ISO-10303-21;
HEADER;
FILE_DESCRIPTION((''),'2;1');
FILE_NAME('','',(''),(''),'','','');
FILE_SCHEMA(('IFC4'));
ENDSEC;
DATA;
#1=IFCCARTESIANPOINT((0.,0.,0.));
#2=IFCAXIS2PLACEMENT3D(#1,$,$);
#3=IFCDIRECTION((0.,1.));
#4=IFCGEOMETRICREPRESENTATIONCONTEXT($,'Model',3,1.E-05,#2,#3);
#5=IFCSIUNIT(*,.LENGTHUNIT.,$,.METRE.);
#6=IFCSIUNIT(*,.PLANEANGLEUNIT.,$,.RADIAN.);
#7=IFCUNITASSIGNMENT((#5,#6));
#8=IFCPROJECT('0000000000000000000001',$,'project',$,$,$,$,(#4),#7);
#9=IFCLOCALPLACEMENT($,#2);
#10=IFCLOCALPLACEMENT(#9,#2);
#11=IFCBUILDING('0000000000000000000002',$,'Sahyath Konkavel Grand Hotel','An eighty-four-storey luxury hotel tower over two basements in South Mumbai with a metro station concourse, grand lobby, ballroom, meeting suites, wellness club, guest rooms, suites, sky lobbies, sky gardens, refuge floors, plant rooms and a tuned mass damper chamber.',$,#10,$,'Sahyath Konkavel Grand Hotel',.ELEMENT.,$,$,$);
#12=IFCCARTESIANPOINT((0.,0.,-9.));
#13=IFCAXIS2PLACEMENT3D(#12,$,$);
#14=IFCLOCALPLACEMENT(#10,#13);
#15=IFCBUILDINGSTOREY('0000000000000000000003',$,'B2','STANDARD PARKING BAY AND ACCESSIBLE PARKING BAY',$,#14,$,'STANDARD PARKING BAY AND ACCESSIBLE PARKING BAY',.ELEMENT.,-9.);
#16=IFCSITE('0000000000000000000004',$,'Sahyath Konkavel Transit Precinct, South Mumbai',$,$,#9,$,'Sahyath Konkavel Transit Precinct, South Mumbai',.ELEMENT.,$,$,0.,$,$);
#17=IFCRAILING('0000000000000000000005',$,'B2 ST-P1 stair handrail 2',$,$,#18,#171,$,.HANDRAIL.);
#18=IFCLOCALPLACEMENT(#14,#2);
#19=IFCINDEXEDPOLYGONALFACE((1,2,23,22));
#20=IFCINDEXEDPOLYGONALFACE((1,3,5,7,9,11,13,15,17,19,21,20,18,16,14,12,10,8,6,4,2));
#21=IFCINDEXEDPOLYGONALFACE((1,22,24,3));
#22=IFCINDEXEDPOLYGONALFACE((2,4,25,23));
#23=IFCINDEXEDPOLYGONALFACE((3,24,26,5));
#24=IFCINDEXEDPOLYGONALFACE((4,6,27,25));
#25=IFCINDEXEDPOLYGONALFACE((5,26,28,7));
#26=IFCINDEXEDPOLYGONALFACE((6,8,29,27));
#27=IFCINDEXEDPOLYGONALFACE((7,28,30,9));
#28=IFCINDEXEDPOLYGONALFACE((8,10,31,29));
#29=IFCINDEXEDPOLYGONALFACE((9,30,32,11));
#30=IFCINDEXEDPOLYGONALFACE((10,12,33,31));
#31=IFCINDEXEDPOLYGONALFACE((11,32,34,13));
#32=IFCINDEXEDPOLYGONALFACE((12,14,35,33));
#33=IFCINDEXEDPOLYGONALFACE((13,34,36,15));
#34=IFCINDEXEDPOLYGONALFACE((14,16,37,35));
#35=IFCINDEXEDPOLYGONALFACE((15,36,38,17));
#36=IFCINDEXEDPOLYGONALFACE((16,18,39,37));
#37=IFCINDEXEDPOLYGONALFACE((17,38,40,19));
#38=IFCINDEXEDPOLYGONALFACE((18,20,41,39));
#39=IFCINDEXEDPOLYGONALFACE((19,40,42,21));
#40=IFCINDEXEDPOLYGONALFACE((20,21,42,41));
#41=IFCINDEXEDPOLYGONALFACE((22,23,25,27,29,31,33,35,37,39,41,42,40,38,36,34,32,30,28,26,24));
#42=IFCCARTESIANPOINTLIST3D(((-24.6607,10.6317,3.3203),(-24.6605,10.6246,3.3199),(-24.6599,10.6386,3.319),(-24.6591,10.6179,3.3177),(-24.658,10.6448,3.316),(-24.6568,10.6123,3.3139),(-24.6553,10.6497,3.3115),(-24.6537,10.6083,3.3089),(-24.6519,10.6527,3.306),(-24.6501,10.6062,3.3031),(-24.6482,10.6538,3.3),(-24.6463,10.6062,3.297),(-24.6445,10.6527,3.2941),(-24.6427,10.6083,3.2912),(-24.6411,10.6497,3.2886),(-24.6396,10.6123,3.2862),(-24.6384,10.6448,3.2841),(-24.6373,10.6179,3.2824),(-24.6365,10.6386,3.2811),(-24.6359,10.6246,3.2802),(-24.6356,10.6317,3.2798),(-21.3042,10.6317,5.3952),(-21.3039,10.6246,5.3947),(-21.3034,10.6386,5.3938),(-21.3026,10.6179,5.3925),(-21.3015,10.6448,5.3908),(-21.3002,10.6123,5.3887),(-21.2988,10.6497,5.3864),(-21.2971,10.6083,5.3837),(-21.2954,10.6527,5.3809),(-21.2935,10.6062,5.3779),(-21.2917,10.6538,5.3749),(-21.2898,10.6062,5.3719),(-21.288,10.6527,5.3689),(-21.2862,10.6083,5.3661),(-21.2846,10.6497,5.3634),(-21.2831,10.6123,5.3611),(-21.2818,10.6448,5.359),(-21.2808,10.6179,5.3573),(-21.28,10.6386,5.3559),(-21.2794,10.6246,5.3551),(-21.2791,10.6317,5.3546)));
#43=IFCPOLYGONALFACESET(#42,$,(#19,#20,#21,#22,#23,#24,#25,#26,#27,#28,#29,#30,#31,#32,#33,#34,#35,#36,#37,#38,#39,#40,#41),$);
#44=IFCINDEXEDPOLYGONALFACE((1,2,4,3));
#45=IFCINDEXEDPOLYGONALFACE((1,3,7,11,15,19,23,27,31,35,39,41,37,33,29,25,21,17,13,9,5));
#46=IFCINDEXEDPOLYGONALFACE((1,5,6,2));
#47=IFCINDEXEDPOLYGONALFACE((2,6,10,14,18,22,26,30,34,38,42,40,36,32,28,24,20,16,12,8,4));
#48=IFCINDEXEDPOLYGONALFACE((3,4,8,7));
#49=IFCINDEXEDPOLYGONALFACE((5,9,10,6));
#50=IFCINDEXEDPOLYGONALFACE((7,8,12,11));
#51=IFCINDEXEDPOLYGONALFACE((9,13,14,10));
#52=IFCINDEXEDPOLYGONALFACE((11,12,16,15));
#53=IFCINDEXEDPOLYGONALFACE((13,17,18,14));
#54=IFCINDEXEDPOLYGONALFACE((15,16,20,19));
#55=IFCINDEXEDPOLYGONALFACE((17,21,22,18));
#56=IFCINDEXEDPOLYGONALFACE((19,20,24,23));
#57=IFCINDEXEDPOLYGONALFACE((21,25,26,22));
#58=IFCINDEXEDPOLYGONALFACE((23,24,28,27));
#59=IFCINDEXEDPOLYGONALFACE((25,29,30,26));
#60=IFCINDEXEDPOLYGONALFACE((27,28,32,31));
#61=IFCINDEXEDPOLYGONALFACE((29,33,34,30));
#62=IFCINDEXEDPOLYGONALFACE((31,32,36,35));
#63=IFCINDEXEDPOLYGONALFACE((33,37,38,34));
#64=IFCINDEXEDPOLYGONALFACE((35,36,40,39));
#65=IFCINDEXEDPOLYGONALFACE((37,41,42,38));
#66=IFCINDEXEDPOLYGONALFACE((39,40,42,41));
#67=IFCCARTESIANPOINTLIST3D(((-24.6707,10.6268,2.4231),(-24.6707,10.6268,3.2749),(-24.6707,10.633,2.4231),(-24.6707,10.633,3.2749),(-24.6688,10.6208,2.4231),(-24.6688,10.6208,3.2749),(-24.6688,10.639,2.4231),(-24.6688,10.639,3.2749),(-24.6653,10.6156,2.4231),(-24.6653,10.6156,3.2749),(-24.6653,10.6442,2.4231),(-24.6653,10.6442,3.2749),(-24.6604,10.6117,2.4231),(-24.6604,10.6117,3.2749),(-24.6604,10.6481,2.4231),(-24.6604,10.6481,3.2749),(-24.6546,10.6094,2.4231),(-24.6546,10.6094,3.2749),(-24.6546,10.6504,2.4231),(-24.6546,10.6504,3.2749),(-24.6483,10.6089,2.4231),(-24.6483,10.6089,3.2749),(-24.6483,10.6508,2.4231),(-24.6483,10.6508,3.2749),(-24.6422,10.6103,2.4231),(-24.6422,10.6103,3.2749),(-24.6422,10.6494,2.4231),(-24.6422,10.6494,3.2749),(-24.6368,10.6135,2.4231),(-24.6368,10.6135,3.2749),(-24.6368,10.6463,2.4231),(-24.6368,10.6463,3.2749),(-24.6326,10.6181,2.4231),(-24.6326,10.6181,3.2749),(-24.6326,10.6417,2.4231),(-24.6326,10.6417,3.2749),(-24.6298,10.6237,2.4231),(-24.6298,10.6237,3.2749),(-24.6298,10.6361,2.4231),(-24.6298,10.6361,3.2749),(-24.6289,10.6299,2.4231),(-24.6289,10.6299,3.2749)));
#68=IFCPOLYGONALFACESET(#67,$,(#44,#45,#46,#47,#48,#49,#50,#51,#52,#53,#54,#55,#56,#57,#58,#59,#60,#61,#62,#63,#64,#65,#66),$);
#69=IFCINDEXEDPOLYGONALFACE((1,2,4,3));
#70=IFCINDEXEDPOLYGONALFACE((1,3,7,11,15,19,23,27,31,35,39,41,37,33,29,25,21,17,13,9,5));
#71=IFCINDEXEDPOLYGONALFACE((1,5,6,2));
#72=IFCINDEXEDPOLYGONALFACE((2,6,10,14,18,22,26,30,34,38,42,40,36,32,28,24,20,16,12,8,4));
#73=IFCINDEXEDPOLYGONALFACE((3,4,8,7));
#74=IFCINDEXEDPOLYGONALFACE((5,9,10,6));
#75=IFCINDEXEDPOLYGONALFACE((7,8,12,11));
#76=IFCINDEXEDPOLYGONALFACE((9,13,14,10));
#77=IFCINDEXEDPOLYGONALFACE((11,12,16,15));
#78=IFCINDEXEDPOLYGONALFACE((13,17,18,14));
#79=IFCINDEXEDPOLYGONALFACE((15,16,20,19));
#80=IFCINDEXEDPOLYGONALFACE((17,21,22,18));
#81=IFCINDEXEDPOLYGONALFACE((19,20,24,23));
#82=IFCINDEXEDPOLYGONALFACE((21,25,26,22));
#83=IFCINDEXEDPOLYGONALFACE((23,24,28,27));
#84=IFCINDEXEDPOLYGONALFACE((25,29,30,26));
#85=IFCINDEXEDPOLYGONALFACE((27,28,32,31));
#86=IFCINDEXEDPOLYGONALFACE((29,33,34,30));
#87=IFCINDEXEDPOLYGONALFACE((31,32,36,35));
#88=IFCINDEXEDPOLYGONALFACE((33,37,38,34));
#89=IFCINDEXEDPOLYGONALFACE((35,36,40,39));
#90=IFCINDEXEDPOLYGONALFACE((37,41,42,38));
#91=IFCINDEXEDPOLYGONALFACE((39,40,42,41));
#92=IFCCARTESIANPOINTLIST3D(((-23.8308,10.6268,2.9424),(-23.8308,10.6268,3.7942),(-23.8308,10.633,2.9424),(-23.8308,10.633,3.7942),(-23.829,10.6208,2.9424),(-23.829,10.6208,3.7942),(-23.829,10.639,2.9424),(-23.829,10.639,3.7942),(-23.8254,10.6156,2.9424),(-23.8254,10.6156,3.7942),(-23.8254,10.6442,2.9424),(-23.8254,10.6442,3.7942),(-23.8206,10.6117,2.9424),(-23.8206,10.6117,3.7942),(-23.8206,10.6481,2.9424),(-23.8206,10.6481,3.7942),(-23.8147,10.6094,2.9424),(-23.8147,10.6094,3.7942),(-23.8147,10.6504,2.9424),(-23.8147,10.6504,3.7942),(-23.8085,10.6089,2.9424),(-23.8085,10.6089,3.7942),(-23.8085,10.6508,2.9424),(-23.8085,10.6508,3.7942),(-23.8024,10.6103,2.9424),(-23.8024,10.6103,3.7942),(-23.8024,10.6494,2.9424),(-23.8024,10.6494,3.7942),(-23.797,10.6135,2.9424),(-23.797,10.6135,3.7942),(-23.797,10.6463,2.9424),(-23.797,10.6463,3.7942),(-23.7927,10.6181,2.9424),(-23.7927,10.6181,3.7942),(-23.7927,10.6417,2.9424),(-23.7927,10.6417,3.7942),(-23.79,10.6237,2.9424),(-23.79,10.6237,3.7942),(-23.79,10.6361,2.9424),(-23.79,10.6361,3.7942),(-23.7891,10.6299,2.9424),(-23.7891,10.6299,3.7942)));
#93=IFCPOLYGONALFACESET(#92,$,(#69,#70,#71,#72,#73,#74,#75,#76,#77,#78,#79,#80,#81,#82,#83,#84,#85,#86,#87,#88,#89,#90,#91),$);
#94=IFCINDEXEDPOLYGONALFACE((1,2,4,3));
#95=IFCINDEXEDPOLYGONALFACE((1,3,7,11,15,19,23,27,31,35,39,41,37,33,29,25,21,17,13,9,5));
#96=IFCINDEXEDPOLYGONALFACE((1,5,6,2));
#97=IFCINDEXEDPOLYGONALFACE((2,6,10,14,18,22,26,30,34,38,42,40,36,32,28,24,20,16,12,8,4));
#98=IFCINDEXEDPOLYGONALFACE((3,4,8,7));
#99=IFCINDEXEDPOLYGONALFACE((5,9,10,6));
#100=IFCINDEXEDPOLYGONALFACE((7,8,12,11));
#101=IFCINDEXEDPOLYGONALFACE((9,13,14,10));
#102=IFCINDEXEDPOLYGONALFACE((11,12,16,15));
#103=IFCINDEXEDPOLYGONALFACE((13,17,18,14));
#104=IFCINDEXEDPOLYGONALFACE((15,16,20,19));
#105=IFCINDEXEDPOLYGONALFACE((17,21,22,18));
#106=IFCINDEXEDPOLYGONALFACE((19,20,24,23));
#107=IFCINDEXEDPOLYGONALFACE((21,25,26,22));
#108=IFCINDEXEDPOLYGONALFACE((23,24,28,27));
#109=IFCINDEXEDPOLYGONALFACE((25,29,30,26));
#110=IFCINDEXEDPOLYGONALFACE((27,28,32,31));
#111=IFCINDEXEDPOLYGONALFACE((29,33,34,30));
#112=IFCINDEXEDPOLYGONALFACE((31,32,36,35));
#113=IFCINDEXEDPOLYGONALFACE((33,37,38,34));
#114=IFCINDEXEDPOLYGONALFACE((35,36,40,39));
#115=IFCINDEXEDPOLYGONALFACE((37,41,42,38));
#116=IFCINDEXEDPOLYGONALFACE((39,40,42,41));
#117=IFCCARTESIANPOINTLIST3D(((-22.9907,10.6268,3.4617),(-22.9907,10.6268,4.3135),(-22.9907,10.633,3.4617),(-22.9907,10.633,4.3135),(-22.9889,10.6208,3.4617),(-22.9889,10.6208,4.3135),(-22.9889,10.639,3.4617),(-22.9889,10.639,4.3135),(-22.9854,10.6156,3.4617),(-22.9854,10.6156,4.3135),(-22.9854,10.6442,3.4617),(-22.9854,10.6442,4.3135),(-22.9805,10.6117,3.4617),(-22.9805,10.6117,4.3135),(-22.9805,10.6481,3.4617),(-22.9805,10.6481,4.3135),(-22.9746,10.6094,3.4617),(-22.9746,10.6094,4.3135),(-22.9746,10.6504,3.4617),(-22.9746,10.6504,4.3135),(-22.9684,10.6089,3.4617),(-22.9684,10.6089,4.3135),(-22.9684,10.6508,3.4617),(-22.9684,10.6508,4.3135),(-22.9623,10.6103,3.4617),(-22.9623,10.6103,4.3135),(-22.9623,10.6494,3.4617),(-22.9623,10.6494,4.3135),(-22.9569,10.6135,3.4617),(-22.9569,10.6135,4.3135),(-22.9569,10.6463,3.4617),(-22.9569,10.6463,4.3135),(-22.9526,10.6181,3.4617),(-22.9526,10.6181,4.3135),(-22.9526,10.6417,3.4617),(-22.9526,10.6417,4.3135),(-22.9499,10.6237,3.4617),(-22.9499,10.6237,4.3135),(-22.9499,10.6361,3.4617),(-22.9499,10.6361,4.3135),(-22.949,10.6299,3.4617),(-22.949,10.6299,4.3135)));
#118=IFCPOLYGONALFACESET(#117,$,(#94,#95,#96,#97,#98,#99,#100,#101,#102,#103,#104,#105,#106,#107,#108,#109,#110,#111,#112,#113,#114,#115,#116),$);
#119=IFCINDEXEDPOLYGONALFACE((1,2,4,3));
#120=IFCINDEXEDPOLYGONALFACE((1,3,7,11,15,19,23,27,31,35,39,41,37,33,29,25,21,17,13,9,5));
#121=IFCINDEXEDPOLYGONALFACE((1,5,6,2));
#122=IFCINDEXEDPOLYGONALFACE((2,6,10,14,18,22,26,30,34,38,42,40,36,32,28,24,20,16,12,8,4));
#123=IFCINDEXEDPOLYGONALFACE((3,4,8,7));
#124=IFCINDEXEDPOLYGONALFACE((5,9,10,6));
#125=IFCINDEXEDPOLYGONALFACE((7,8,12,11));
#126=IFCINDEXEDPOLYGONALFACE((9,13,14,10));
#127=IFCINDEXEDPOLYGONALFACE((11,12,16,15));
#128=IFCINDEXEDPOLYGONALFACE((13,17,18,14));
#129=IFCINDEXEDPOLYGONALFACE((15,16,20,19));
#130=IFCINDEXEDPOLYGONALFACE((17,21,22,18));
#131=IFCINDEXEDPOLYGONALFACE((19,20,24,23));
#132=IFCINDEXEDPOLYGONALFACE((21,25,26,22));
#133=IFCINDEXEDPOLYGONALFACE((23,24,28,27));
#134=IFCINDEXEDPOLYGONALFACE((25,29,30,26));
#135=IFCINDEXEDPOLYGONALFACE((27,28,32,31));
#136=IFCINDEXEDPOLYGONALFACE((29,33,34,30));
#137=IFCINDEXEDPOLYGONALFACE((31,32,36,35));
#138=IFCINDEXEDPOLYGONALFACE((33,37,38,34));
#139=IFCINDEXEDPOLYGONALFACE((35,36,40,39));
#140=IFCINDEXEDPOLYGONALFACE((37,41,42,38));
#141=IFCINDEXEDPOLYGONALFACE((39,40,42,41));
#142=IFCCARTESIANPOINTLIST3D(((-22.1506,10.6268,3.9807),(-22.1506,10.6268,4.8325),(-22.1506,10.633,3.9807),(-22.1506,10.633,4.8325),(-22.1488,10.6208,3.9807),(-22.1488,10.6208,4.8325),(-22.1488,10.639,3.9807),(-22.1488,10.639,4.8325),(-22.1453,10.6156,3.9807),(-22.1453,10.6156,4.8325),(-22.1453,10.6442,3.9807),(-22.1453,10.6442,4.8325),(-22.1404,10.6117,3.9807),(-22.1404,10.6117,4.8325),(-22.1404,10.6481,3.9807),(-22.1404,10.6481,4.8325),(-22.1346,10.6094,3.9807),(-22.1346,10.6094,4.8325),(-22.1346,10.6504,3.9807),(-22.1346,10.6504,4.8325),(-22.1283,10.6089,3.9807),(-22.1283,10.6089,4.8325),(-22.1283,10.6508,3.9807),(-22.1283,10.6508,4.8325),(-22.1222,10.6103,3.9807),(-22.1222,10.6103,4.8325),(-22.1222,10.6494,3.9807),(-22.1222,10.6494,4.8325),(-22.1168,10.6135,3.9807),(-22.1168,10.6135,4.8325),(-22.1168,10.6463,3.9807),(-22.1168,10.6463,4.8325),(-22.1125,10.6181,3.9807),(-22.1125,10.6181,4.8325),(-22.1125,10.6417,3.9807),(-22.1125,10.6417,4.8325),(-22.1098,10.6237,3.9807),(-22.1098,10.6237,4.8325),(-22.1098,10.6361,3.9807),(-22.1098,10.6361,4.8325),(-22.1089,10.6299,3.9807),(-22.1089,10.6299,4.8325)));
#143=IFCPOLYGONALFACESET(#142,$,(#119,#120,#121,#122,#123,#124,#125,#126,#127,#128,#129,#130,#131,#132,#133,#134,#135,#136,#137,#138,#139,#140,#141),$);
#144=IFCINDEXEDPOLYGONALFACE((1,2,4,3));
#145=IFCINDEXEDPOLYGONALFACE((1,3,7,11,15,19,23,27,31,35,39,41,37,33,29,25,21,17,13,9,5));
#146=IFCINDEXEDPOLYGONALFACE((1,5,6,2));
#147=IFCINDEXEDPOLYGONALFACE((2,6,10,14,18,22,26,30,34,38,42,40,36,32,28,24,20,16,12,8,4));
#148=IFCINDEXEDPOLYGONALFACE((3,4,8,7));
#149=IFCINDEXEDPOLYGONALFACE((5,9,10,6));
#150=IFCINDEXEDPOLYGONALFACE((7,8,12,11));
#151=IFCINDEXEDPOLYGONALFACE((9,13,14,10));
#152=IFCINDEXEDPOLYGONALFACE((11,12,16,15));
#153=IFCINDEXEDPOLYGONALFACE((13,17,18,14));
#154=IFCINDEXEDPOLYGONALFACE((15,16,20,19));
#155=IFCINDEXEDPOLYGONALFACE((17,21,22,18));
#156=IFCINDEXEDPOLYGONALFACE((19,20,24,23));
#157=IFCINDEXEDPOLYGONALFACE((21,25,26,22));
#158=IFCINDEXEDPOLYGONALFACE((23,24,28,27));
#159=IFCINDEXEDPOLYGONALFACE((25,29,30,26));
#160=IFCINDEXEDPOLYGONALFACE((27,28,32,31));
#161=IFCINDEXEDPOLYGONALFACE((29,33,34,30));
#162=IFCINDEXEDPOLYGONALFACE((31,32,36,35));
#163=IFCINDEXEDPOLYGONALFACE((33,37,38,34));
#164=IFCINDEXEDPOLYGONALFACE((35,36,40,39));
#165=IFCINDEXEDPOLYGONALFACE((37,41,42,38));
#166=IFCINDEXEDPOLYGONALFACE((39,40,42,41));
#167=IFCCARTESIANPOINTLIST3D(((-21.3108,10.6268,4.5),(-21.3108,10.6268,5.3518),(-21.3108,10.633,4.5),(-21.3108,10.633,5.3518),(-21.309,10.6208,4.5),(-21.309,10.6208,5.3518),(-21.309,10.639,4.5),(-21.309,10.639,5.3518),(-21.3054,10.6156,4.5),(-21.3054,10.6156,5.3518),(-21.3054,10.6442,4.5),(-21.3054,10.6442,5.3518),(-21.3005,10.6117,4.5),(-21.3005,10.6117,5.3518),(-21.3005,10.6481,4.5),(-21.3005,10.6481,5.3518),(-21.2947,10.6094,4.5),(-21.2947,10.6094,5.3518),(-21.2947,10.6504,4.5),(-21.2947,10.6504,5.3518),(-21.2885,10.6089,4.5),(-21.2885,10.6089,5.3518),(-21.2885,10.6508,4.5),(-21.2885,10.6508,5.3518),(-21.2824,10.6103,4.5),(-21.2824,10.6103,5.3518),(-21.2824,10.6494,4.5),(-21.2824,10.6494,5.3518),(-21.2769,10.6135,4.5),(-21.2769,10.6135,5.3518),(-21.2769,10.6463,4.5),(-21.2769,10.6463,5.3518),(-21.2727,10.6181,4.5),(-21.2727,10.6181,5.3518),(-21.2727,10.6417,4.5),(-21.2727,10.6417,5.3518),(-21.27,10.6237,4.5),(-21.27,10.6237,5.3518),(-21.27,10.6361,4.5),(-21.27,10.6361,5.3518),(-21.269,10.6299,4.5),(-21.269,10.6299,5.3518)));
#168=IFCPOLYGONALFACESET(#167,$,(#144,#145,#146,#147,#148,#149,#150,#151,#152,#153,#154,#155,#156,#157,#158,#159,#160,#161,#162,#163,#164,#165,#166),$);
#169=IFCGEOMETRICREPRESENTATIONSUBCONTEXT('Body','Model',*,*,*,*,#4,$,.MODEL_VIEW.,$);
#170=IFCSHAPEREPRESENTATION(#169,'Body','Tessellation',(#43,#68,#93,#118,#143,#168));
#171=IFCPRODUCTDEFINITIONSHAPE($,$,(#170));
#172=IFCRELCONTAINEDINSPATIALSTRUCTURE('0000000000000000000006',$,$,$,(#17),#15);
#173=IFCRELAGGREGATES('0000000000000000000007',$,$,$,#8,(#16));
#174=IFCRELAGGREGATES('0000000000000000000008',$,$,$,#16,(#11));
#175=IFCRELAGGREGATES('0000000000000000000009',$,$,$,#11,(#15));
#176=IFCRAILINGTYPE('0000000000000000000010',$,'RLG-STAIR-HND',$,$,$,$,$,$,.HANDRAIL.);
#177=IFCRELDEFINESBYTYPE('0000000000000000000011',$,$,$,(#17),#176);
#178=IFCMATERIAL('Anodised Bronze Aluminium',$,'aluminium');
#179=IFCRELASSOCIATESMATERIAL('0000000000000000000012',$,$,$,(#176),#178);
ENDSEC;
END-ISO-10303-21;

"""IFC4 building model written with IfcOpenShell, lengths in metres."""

from ifc_helpers import new_model, si_unit, direction, frame, origin, origin_2d, place, context, subcontext, project, spatial, circle, extrude, material, type_object, element, save


model = new_model("IFC4")

# Units and contexts
model_context = context("Model", 3, precision=1e-05, world=origin(), true_north=direction((0.0, 1.0)))
body_context = subcontext(model_context, "Body", "Model", "MODEL_VIEW")
ifc_project = project(units=[si_unit("LENGTHUNIT", "METRE"), si_unit("PLANEANGLEUNIT", "RADIAN")], contexts=[model_context])

# Site, building, storey
site_placement = place(None, origin())
site = spatial("IfcSite", under=ifc_project, at=site_placement, Name="Sahyath Konkavel Transit Precinct, South Mumbai", LongName="Sahyath Konkavel Transit Precinct, South Mumbai", CompositionType="ELEMENT", RefElevation=0.0)
building_placement = place(site_placement, origin())
building = spatial("IfcBuilding", under=site, at=building_placement, Name="Sahyath Konkavel Grand Hotel", Description="An eighty-four-storey luxury hotel tower over two basements in South Mumbai with a metro station concourse, grand lobby, ballroom, meeting suites, wellness club, guest rooms, suites, sky lobbies, sky gardens, refuge floors, plant rooms and a tuned mass damper chamber.", LongName="Sahyath Konkavel Grand Hotel", CompositionType="ELEMENT")
storey_placement = place(building_placement, frame((0.0, 0.0, -9.0)))
storey = spatial("IfcBuildingStorey", under=building, at=storey_placement, Name="B2", Description="STANDARD PARKING BAY AND ACCESSIBLE PARKING BAY", LongName="STANDARD PARKING BAY AND ACCESSIBLE PARKING BAY", CompositionType="ELEMENT", Elevation=-9.0)

# Railing
ifc_material_1 = material(Name="Anodised Bronze Aluminium", Category="aluminium")
railing_type_1 = type_object("IfcRailingType", Name="RLG-STAIR-HND", PredefinedType="HANDRAIL", material=ifc_material_1)
railing_1_placement = place(storey_placement, frame((-24.6499, 10.6299, 2.4231)))
element("IfcRailing", 1, at=railing_1_placement, inside=storey, type_object=railing_type_1, Name="B2 ST-P1 stair handrail 2", PredefinedType="HANDRAIL", context=body_context, shape_type="SweptSolid", body=[
    extrude(circle(Radius=0.0239, at=origin_2d()), frame((0.0017, 0.0, 0.877), z_axis=(0.850606, 0.0, 0.525803), x_axis=(0.0, 1.0, 0.0)), (0.0, 0.0, 1.0), 3.946),
    extrude(circle(Radius=0.021, at=origin_2d()), origin(), (0.0, 0.0, 1.0), 0.8518),
    extrude(circle(Radius=0.021, at=origin_2d()), frame((0.8398, 0.0, 0.5193)), (0.0, 0.0, 1.0), 0.8518),
    extrude(circle(Radius=0.021, at=origin_2d()), frame((1.6799, 0.0, 1.0386)), (0.0, 0.0, 1.0), 0.8518),
    extrude(circle(Radius=0.021, at=origin_2d()), frame((2.52, 0.0, 1.5576)), (0.0, 0.0, 1.0), 0.8518),
    extrude(circle(Radius=0.021, at=origin_2d()), frame((3.3599, 0.0, 2.0769)), (0.0, 0.0, 1.0), 0.8518),
])

save(model, "model.ifc")
